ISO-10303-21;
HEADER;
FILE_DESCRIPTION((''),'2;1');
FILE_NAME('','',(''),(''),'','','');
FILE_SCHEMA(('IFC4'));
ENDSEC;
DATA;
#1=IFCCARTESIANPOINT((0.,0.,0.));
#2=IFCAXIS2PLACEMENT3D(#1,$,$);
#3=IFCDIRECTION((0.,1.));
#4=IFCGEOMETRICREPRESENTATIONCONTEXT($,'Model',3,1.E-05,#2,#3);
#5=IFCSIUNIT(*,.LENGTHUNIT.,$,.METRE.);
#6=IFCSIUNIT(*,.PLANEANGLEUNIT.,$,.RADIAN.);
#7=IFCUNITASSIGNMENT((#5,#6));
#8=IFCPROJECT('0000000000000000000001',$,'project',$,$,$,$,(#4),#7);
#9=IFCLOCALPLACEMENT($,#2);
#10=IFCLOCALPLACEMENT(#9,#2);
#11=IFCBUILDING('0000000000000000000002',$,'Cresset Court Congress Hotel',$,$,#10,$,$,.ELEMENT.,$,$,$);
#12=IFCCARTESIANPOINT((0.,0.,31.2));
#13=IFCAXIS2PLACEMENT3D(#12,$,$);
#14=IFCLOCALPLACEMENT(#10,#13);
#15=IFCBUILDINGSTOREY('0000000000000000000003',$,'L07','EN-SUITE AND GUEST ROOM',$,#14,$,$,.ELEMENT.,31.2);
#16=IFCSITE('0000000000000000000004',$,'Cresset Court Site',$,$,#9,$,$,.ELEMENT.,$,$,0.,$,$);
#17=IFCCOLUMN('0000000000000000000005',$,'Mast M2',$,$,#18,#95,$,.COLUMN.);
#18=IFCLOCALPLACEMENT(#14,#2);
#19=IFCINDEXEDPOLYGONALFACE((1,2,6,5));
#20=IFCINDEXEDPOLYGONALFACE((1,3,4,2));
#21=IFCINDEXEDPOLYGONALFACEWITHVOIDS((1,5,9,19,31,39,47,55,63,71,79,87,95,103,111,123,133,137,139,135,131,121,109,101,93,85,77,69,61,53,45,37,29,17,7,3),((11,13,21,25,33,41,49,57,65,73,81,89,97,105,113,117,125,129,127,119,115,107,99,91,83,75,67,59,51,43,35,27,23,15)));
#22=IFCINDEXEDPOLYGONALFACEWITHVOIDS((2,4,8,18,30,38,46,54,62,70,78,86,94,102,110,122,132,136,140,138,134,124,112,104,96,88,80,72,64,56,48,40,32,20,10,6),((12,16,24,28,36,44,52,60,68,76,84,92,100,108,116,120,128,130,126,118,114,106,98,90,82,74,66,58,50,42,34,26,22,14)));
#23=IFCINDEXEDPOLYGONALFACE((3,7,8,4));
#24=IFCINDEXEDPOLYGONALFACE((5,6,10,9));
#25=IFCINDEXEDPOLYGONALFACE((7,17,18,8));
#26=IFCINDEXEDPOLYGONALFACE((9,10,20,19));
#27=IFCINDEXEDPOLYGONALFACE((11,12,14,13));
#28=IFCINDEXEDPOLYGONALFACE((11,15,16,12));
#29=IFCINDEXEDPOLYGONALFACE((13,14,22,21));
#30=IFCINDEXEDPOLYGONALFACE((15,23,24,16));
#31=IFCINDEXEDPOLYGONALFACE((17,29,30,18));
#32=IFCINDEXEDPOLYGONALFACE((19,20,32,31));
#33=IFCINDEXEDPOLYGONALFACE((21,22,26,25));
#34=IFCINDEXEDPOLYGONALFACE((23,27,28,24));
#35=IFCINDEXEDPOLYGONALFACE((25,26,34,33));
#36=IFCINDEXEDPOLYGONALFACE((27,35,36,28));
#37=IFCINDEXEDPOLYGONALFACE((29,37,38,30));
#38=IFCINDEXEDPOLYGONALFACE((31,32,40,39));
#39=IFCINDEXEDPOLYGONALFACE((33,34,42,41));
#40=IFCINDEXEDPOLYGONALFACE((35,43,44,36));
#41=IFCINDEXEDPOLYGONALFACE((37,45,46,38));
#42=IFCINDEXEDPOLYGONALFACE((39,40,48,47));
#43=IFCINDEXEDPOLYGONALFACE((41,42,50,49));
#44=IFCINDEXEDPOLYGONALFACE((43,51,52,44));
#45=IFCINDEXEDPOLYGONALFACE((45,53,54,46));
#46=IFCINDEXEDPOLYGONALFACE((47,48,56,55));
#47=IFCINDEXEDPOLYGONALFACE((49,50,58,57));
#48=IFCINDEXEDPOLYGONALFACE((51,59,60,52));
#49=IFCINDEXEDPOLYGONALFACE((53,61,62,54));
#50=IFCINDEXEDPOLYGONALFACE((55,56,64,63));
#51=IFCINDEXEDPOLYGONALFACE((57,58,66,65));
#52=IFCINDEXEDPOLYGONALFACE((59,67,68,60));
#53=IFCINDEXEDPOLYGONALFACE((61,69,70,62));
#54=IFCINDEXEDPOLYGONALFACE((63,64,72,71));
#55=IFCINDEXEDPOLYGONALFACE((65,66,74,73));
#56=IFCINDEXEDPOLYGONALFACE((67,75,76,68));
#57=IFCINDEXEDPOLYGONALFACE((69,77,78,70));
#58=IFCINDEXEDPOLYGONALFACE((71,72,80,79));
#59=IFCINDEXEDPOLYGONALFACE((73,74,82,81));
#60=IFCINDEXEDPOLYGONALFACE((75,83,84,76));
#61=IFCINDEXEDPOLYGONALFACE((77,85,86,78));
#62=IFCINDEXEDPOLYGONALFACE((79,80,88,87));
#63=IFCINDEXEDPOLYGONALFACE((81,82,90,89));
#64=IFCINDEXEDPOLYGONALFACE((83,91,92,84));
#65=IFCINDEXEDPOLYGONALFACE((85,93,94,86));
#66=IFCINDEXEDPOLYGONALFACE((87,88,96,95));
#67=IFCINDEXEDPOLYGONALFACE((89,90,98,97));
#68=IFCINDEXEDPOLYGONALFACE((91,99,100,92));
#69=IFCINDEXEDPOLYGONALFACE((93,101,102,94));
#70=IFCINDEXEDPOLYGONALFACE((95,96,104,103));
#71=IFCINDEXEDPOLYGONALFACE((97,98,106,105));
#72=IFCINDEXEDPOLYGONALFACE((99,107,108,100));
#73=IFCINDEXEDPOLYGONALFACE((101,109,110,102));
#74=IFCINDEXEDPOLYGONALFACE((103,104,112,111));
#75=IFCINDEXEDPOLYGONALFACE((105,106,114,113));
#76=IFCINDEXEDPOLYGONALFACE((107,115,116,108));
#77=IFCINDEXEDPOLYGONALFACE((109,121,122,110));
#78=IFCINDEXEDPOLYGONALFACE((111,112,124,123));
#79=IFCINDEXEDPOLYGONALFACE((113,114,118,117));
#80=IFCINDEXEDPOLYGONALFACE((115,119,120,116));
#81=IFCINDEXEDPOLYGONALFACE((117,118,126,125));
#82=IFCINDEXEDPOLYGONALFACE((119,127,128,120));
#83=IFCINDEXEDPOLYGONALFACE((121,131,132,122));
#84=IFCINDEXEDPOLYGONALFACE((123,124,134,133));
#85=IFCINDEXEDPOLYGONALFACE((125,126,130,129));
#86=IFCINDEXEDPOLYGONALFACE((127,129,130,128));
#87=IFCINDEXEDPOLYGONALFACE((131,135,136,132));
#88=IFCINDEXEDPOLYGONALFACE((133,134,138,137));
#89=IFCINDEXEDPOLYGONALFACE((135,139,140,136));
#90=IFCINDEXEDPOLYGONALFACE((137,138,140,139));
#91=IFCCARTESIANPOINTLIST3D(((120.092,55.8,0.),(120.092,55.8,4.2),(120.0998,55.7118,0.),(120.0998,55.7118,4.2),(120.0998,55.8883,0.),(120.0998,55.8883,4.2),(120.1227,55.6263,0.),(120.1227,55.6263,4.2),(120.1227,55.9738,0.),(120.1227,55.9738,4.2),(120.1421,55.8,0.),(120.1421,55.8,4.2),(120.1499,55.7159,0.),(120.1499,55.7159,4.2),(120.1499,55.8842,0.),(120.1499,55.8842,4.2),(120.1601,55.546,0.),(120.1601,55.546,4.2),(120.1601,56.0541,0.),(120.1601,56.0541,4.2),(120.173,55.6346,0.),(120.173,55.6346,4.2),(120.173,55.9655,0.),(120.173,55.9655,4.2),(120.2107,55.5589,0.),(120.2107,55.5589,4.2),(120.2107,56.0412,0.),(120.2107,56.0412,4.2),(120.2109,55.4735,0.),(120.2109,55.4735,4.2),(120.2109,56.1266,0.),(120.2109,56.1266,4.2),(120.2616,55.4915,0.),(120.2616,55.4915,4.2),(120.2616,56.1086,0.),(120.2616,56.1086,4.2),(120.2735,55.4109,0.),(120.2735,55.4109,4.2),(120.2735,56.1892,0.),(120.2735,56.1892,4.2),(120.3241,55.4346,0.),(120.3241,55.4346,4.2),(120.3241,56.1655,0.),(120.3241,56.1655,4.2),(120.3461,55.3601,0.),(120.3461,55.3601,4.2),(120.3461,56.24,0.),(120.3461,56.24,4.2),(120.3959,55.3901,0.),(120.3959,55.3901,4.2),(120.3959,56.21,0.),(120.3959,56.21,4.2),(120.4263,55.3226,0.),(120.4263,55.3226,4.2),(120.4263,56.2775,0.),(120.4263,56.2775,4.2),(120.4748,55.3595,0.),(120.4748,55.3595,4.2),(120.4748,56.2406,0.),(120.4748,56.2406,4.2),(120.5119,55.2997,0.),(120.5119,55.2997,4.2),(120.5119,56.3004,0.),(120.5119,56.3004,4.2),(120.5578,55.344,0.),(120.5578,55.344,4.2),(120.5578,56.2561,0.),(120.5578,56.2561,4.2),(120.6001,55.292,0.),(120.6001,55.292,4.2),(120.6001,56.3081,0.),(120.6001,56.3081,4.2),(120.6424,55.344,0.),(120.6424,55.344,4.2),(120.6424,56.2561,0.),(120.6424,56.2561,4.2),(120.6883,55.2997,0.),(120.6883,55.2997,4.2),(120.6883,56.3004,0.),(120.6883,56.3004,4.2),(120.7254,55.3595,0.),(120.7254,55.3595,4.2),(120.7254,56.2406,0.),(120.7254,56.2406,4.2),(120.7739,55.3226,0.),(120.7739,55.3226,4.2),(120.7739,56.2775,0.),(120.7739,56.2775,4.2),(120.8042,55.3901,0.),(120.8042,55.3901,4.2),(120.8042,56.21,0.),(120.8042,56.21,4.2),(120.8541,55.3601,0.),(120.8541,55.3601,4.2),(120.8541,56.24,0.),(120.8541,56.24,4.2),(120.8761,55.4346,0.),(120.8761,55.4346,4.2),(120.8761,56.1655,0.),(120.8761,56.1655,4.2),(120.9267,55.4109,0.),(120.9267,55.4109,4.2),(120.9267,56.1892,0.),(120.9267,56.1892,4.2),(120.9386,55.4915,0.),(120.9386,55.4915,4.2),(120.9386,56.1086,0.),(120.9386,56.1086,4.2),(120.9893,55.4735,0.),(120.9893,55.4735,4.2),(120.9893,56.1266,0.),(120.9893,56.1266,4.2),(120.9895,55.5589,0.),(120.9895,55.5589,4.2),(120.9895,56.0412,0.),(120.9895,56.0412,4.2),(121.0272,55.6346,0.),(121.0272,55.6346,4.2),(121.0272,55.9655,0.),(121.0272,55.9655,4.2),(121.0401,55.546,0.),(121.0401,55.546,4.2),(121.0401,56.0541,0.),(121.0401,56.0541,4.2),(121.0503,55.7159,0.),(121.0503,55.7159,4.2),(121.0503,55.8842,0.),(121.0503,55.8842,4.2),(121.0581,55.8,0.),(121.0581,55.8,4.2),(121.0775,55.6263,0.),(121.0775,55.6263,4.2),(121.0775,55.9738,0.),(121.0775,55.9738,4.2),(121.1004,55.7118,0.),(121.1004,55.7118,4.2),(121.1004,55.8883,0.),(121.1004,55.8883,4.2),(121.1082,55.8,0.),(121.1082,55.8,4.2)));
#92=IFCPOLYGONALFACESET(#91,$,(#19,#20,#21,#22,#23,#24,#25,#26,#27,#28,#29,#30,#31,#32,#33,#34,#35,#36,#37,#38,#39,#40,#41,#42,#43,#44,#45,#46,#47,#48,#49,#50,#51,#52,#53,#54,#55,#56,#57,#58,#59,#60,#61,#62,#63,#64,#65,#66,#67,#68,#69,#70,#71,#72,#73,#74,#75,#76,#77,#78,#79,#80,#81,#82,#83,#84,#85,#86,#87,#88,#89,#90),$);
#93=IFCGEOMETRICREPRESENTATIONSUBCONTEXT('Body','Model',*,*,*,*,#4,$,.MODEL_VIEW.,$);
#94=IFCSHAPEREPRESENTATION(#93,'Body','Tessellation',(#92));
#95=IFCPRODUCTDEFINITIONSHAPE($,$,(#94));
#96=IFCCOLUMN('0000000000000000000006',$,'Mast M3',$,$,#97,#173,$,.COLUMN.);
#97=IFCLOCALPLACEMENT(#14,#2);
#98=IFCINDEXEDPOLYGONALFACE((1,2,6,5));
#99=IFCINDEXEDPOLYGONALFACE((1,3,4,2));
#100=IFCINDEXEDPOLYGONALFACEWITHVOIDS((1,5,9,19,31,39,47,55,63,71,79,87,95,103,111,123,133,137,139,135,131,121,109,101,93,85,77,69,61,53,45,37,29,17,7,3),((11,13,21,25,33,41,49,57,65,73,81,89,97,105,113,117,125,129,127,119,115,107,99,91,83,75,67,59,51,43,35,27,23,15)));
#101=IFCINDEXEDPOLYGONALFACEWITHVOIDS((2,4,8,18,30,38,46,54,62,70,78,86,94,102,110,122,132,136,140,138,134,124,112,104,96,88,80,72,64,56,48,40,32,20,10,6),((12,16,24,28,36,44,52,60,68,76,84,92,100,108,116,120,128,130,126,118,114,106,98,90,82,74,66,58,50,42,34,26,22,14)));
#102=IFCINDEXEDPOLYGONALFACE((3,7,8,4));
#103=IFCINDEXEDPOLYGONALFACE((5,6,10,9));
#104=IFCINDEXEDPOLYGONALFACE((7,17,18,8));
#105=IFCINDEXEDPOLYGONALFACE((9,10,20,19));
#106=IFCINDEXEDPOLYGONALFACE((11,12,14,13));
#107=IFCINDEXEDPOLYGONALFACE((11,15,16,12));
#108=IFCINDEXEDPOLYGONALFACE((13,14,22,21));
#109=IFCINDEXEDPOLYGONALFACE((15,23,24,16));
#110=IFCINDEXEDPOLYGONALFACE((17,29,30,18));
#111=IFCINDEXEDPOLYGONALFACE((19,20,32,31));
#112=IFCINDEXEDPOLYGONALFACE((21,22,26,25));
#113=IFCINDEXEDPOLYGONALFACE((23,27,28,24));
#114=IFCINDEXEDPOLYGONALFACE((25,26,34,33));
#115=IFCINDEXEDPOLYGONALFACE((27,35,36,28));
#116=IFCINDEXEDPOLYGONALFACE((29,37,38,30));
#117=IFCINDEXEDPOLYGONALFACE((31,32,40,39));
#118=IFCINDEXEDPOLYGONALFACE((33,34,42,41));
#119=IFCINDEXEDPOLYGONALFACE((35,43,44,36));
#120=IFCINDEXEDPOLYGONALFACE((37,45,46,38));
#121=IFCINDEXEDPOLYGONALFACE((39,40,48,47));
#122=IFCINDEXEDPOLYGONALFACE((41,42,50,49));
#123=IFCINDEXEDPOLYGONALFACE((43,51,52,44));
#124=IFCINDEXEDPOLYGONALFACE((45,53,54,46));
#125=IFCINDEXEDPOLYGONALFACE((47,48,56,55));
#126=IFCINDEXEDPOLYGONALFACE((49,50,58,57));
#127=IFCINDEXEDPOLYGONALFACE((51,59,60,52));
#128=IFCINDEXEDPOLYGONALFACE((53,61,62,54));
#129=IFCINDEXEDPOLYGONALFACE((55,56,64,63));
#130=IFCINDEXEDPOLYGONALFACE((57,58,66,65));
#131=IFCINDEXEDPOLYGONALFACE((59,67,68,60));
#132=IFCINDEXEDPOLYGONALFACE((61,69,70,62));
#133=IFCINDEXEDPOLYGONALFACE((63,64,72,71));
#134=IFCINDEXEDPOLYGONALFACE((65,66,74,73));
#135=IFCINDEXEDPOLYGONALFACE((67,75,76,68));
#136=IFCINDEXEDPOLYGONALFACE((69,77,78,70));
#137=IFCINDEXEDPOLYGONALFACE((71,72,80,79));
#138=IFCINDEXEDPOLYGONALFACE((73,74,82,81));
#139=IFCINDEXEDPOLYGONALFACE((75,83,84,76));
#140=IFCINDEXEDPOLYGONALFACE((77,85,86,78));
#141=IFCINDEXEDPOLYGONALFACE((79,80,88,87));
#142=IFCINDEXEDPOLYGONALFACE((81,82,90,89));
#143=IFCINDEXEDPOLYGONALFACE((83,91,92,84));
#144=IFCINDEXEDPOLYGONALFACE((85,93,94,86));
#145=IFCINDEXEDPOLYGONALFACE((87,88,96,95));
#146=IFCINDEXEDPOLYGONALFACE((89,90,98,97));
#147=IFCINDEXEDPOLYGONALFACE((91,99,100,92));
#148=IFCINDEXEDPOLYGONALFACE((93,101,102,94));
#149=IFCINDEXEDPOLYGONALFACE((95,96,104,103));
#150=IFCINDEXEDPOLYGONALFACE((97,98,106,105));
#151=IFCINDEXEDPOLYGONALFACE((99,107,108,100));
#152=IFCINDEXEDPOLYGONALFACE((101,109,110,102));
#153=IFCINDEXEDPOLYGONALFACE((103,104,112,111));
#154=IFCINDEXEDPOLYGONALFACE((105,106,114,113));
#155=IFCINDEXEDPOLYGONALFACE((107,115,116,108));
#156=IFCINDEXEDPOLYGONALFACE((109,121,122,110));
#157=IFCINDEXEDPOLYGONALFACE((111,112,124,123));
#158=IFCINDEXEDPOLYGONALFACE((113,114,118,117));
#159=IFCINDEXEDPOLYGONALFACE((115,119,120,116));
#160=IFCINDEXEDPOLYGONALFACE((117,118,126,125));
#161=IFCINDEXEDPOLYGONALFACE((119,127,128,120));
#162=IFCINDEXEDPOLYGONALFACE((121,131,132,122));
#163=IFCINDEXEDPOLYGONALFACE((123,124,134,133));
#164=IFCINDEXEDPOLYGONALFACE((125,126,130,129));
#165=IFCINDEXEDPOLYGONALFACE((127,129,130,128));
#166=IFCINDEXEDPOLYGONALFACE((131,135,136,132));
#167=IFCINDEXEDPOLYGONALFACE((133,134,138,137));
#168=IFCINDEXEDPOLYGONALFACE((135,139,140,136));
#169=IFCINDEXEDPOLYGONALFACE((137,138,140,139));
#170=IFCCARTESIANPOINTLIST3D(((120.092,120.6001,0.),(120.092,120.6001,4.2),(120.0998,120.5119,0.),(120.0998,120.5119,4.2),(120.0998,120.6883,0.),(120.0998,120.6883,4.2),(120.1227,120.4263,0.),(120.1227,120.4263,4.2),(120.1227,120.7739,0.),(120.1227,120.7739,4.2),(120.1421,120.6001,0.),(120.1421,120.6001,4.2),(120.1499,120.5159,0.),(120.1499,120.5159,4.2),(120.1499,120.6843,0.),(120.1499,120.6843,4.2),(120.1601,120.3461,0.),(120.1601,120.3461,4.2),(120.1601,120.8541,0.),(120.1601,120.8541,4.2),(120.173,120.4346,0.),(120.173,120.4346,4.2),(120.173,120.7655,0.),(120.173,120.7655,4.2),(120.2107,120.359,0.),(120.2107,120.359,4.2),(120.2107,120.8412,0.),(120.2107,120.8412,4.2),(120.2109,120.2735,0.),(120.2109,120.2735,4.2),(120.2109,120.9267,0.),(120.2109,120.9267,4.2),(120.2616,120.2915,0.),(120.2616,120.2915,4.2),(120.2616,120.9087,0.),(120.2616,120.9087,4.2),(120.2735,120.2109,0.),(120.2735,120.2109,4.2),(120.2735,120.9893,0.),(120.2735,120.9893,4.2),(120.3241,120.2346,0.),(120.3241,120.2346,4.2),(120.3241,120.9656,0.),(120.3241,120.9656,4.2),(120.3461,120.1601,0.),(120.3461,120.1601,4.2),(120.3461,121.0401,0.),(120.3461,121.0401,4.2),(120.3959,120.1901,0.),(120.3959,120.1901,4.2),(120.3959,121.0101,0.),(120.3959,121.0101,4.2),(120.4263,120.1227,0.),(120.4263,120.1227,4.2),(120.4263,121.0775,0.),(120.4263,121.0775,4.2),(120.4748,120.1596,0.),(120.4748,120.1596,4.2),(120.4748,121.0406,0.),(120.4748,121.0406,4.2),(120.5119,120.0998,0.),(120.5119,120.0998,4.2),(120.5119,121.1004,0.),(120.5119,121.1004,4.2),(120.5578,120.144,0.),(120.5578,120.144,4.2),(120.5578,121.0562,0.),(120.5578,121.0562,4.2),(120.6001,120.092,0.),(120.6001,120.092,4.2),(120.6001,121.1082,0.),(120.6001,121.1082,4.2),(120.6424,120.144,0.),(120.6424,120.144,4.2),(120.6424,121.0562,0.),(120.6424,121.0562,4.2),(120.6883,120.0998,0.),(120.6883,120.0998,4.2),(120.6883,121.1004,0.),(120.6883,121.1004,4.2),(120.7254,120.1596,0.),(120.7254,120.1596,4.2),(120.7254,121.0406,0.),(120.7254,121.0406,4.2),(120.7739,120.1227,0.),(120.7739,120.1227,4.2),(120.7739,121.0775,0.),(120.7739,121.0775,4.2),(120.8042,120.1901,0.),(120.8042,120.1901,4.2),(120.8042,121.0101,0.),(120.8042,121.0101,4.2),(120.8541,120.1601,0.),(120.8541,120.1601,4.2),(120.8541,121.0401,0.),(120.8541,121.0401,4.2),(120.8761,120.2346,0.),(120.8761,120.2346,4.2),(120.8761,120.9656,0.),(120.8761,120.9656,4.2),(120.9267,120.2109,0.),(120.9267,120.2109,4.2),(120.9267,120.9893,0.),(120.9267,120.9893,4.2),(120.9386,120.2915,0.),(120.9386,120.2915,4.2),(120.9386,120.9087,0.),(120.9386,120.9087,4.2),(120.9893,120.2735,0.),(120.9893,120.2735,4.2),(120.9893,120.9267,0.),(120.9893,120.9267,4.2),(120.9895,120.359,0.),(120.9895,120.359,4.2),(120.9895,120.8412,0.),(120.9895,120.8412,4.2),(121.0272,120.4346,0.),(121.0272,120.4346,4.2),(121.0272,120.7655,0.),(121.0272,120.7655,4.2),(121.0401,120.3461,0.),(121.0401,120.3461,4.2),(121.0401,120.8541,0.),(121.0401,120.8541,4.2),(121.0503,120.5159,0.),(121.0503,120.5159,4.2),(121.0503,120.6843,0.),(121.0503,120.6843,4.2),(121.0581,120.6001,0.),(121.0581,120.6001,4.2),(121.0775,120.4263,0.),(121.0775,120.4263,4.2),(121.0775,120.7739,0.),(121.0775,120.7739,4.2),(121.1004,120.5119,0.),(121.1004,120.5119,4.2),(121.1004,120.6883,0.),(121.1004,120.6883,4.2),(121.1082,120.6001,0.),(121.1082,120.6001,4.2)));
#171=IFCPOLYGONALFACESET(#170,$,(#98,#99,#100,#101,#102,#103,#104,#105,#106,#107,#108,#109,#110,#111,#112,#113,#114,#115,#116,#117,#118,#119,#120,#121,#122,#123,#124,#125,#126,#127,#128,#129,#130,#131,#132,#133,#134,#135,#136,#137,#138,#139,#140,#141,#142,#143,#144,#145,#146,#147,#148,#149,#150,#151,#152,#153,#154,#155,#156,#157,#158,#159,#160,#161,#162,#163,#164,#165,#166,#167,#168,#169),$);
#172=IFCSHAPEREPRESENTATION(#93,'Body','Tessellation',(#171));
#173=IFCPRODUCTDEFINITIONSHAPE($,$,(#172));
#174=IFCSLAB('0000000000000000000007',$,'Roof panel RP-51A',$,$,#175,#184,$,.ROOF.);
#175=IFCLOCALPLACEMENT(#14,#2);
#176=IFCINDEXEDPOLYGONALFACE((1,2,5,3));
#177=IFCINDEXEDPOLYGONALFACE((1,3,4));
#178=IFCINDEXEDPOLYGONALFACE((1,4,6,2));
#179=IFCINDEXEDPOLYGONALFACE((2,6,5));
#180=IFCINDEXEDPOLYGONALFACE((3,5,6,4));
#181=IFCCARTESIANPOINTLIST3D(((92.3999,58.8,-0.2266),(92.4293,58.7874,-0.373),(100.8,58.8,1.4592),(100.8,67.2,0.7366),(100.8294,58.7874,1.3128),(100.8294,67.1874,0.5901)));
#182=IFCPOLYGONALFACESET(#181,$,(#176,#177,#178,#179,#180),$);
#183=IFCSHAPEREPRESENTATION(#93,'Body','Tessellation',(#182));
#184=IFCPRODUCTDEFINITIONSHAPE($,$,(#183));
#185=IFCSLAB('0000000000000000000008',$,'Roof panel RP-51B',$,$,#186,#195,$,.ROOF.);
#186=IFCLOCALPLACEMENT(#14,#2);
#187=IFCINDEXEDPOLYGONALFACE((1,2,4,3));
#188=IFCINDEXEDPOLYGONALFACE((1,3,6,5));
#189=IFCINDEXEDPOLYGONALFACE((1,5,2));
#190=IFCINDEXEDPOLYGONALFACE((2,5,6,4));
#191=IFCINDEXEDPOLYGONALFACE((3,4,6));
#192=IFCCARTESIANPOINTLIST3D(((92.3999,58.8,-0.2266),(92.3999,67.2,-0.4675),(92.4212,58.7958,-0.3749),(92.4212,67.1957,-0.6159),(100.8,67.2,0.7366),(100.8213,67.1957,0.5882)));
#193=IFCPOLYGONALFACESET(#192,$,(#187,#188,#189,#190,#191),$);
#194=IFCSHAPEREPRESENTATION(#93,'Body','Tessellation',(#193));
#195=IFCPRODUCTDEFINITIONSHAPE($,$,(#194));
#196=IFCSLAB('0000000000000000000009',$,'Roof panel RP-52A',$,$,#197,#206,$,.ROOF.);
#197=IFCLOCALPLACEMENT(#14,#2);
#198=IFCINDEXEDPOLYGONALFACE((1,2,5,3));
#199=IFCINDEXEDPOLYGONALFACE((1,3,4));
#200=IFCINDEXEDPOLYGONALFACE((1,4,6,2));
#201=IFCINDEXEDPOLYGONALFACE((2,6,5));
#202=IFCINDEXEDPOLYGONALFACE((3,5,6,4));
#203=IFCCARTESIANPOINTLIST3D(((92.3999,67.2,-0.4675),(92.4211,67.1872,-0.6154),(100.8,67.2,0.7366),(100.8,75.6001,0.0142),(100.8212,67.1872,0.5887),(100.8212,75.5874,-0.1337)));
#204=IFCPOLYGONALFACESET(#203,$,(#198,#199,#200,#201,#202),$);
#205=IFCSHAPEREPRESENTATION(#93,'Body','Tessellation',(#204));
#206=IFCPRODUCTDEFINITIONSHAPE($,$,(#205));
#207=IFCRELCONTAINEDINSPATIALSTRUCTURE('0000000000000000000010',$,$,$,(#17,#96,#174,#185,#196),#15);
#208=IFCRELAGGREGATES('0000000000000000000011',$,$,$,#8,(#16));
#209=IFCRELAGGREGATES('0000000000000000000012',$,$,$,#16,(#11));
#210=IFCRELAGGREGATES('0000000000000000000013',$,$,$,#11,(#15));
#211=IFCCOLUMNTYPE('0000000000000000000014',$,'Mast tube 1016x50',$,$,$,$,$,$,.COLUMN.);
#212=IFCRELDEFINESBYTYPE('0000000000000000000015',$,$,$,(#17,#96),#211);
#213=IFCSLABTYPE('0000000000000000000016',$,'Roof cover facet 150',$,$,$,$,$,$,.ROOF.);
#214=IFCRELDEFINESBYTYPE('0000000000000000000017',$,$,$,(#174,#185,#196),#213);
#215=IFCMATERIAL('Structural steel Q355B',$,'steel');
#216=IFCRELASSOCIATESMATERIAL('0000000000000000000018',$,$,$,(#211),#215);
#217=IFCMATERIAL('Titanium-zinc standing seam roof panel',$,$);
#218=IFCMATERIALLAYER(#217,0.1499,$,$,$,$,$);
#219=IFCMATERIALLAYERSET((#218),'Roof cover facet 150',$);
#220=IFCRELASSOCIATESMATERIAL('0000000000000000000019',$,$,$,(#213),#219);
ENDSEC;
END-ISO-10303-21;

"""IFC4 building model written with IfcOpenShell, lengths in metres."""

from ifc_helpers import new_model, si_unit, direction, frame, origin, origin_2d, place, context, subcontext, project, spatial, polyline, hollow_circle, outline, extrude, material, layer, layer_set, material_profile, profile_set, type_object, element, save


model = new_model("IFC4")

# Units and contexts
model_context = context("Model", 3, precision=1e-05, world=origin(), true_north=direction((0.0, 1.0)))
body_context = subcontext(model_context, "Body", "Model", "MODEL_VIEW")
ifc_project = project(units=[si_unit("LENGTHUNIT", "METRE"), si_unit("PLANEANGLEUNIT", "RADIAN")], contexts=[model_context])

# Site, building, storey
site_placement = place(None, origin())
site = spatial("IfcSite", under=ifc_project, at=site_placement, Name="Cresset Court Site", CompositionType="ELEMENT", RefElevation=0.0)
building_placement = place(site_placement, origin())
building = spatial("IfcBuilding", under=site, at=building_placement, Name="Cresset Court Congress Hotel", CompositionType="ELEMENT")
storey_placement = place(building_placement, frame((0.0, 0.0, 31.2)))
storey = spatial("IfcBuildingStorey", under=building, at=storey_placement, Name="L07", Description="EN-SUITE AND GUEST ROOM", CompositionType="ELEMENT", Elevation=31.2)

# Columns
ifc_material_1 = material(Name="Structural steel Q355B", Category="steel")
ifc_material_profile = material_profile(ifc_material_1, hollow_circle(Radius=0.5081, WallThickness=0.05, at=origin_2d()), Name="CHS1016x50")
ifc_profile_set = profile_set([ifc_material_profile], Name="Structural steel Q355B")
column_type = type_object("IfcColumnType", Name="Mast tube 1016x50", PredefinedType="COLUMN", material=ifc_profile_set)
for number, where, z_axis, x_axis, name in (
    (1, (120.6001, 55.8, 0.0), (0.0, 0.0, 1.0), (1.0, 0.0, 0.0), "Mast M2"),
    (2, (120.6001, 120.6001, 0.0), (0.0, 0.0, 1.0), (1.0, 0.0, 0.0), "Mast M3"),
):
    element("IfcColumn", number, at=place(storey_placement, frame(where, z_axis=z_axis, x_axis=x_axis)), inside=storey, type_object=column_type, Name=name, PredefinedType="COLUMN", context=body_context, shape_type="SweptSolid", body=[
        extrude(hollow_circle(Radius=0.5081, WallThickness=0.05, at=origin_2d()), origin(), (0.0, 0.0, 1.0), 4.2),
    ])

# Slabs
ifc_material_2 = material(Name="Titanium-zinc standing seam roof panel")
ifc_layer_1 = layer(ifc_material_2, 0.1499)
ifc_layer_set_1 = layer_set([ifc_layer_1], Name="Roof cover facet 150")
slab_type = type_object("IfcSlabType", Name="Roof cover facet 150", PredefinedType="ROOF", material=ifc_layer_set_1)
slab_1_placement = place(storey_placement, frame((92.3999, 58.8, -0.2266), z_axis=(-0.196066, 0.084051, 0.976982), x_axis=(0.980451, 0.0, 0.196763)))
element("IfcSlab", 3, at=slab_1_placement, inside=storey, type_object=slab_type, Name="Roof panel RP-51A", PredefinedType="ROOF", context=body_context, shape_type="SweptSolid", body=[
    extrude(outline(polyline([(0.0, 0.0), (8.5676, 0.0), (8.4254, 8.4297), (0.0, 0.0)])), origin(), (0.0, 0.0, -1.0), 0.1499),
])
slab_2_placement = place(storey_placement, frame((92.3999, 58.8, -0.2266), z_axis=(-0.141835, 0.028385, 0.989483), x_axis=(0.704804, 0.704784, 0.080811)))
element("IfcSlab", 4, at=slab_2_placement, inside=storey, type_object=slab_type, Name="Roof panel RP-51B", PredefinedType="ROOF", context=body_context, shape_type="SweptSolid", body=[
    extrude(outline(polyline([(0.0, 0.0), (11.9184, 0.0), (5.9006, 5.9832), (0.0, 0.0)])), origin(), (0.0, 0.0, -1.0), 0.1499),
])
slab_3_placement = place(storey_placement, frame((92.3999, 67.2, -0.4675), z_axis=(-0.141381, 0.084823, 0.986315), x_axis=(0.989882, 0.0, 0.141893)))
element("IfcSlab", 5, at=slab_3_placement, inside=storey, type_object=slab_type, Name="Roof panel RP-52A", PredefinedType="ROOF", context=body_context, shape_type="SweptSolid", body=[
    extrude(outline(polyline([(0.0, 0.0), (8.486, 0.0), (8.3835, 8.4305), (0.0, 0.0)])), origin(), (0.0, 0.0, -1.0), 0.1499),
])

save(model, "model.ifc")
